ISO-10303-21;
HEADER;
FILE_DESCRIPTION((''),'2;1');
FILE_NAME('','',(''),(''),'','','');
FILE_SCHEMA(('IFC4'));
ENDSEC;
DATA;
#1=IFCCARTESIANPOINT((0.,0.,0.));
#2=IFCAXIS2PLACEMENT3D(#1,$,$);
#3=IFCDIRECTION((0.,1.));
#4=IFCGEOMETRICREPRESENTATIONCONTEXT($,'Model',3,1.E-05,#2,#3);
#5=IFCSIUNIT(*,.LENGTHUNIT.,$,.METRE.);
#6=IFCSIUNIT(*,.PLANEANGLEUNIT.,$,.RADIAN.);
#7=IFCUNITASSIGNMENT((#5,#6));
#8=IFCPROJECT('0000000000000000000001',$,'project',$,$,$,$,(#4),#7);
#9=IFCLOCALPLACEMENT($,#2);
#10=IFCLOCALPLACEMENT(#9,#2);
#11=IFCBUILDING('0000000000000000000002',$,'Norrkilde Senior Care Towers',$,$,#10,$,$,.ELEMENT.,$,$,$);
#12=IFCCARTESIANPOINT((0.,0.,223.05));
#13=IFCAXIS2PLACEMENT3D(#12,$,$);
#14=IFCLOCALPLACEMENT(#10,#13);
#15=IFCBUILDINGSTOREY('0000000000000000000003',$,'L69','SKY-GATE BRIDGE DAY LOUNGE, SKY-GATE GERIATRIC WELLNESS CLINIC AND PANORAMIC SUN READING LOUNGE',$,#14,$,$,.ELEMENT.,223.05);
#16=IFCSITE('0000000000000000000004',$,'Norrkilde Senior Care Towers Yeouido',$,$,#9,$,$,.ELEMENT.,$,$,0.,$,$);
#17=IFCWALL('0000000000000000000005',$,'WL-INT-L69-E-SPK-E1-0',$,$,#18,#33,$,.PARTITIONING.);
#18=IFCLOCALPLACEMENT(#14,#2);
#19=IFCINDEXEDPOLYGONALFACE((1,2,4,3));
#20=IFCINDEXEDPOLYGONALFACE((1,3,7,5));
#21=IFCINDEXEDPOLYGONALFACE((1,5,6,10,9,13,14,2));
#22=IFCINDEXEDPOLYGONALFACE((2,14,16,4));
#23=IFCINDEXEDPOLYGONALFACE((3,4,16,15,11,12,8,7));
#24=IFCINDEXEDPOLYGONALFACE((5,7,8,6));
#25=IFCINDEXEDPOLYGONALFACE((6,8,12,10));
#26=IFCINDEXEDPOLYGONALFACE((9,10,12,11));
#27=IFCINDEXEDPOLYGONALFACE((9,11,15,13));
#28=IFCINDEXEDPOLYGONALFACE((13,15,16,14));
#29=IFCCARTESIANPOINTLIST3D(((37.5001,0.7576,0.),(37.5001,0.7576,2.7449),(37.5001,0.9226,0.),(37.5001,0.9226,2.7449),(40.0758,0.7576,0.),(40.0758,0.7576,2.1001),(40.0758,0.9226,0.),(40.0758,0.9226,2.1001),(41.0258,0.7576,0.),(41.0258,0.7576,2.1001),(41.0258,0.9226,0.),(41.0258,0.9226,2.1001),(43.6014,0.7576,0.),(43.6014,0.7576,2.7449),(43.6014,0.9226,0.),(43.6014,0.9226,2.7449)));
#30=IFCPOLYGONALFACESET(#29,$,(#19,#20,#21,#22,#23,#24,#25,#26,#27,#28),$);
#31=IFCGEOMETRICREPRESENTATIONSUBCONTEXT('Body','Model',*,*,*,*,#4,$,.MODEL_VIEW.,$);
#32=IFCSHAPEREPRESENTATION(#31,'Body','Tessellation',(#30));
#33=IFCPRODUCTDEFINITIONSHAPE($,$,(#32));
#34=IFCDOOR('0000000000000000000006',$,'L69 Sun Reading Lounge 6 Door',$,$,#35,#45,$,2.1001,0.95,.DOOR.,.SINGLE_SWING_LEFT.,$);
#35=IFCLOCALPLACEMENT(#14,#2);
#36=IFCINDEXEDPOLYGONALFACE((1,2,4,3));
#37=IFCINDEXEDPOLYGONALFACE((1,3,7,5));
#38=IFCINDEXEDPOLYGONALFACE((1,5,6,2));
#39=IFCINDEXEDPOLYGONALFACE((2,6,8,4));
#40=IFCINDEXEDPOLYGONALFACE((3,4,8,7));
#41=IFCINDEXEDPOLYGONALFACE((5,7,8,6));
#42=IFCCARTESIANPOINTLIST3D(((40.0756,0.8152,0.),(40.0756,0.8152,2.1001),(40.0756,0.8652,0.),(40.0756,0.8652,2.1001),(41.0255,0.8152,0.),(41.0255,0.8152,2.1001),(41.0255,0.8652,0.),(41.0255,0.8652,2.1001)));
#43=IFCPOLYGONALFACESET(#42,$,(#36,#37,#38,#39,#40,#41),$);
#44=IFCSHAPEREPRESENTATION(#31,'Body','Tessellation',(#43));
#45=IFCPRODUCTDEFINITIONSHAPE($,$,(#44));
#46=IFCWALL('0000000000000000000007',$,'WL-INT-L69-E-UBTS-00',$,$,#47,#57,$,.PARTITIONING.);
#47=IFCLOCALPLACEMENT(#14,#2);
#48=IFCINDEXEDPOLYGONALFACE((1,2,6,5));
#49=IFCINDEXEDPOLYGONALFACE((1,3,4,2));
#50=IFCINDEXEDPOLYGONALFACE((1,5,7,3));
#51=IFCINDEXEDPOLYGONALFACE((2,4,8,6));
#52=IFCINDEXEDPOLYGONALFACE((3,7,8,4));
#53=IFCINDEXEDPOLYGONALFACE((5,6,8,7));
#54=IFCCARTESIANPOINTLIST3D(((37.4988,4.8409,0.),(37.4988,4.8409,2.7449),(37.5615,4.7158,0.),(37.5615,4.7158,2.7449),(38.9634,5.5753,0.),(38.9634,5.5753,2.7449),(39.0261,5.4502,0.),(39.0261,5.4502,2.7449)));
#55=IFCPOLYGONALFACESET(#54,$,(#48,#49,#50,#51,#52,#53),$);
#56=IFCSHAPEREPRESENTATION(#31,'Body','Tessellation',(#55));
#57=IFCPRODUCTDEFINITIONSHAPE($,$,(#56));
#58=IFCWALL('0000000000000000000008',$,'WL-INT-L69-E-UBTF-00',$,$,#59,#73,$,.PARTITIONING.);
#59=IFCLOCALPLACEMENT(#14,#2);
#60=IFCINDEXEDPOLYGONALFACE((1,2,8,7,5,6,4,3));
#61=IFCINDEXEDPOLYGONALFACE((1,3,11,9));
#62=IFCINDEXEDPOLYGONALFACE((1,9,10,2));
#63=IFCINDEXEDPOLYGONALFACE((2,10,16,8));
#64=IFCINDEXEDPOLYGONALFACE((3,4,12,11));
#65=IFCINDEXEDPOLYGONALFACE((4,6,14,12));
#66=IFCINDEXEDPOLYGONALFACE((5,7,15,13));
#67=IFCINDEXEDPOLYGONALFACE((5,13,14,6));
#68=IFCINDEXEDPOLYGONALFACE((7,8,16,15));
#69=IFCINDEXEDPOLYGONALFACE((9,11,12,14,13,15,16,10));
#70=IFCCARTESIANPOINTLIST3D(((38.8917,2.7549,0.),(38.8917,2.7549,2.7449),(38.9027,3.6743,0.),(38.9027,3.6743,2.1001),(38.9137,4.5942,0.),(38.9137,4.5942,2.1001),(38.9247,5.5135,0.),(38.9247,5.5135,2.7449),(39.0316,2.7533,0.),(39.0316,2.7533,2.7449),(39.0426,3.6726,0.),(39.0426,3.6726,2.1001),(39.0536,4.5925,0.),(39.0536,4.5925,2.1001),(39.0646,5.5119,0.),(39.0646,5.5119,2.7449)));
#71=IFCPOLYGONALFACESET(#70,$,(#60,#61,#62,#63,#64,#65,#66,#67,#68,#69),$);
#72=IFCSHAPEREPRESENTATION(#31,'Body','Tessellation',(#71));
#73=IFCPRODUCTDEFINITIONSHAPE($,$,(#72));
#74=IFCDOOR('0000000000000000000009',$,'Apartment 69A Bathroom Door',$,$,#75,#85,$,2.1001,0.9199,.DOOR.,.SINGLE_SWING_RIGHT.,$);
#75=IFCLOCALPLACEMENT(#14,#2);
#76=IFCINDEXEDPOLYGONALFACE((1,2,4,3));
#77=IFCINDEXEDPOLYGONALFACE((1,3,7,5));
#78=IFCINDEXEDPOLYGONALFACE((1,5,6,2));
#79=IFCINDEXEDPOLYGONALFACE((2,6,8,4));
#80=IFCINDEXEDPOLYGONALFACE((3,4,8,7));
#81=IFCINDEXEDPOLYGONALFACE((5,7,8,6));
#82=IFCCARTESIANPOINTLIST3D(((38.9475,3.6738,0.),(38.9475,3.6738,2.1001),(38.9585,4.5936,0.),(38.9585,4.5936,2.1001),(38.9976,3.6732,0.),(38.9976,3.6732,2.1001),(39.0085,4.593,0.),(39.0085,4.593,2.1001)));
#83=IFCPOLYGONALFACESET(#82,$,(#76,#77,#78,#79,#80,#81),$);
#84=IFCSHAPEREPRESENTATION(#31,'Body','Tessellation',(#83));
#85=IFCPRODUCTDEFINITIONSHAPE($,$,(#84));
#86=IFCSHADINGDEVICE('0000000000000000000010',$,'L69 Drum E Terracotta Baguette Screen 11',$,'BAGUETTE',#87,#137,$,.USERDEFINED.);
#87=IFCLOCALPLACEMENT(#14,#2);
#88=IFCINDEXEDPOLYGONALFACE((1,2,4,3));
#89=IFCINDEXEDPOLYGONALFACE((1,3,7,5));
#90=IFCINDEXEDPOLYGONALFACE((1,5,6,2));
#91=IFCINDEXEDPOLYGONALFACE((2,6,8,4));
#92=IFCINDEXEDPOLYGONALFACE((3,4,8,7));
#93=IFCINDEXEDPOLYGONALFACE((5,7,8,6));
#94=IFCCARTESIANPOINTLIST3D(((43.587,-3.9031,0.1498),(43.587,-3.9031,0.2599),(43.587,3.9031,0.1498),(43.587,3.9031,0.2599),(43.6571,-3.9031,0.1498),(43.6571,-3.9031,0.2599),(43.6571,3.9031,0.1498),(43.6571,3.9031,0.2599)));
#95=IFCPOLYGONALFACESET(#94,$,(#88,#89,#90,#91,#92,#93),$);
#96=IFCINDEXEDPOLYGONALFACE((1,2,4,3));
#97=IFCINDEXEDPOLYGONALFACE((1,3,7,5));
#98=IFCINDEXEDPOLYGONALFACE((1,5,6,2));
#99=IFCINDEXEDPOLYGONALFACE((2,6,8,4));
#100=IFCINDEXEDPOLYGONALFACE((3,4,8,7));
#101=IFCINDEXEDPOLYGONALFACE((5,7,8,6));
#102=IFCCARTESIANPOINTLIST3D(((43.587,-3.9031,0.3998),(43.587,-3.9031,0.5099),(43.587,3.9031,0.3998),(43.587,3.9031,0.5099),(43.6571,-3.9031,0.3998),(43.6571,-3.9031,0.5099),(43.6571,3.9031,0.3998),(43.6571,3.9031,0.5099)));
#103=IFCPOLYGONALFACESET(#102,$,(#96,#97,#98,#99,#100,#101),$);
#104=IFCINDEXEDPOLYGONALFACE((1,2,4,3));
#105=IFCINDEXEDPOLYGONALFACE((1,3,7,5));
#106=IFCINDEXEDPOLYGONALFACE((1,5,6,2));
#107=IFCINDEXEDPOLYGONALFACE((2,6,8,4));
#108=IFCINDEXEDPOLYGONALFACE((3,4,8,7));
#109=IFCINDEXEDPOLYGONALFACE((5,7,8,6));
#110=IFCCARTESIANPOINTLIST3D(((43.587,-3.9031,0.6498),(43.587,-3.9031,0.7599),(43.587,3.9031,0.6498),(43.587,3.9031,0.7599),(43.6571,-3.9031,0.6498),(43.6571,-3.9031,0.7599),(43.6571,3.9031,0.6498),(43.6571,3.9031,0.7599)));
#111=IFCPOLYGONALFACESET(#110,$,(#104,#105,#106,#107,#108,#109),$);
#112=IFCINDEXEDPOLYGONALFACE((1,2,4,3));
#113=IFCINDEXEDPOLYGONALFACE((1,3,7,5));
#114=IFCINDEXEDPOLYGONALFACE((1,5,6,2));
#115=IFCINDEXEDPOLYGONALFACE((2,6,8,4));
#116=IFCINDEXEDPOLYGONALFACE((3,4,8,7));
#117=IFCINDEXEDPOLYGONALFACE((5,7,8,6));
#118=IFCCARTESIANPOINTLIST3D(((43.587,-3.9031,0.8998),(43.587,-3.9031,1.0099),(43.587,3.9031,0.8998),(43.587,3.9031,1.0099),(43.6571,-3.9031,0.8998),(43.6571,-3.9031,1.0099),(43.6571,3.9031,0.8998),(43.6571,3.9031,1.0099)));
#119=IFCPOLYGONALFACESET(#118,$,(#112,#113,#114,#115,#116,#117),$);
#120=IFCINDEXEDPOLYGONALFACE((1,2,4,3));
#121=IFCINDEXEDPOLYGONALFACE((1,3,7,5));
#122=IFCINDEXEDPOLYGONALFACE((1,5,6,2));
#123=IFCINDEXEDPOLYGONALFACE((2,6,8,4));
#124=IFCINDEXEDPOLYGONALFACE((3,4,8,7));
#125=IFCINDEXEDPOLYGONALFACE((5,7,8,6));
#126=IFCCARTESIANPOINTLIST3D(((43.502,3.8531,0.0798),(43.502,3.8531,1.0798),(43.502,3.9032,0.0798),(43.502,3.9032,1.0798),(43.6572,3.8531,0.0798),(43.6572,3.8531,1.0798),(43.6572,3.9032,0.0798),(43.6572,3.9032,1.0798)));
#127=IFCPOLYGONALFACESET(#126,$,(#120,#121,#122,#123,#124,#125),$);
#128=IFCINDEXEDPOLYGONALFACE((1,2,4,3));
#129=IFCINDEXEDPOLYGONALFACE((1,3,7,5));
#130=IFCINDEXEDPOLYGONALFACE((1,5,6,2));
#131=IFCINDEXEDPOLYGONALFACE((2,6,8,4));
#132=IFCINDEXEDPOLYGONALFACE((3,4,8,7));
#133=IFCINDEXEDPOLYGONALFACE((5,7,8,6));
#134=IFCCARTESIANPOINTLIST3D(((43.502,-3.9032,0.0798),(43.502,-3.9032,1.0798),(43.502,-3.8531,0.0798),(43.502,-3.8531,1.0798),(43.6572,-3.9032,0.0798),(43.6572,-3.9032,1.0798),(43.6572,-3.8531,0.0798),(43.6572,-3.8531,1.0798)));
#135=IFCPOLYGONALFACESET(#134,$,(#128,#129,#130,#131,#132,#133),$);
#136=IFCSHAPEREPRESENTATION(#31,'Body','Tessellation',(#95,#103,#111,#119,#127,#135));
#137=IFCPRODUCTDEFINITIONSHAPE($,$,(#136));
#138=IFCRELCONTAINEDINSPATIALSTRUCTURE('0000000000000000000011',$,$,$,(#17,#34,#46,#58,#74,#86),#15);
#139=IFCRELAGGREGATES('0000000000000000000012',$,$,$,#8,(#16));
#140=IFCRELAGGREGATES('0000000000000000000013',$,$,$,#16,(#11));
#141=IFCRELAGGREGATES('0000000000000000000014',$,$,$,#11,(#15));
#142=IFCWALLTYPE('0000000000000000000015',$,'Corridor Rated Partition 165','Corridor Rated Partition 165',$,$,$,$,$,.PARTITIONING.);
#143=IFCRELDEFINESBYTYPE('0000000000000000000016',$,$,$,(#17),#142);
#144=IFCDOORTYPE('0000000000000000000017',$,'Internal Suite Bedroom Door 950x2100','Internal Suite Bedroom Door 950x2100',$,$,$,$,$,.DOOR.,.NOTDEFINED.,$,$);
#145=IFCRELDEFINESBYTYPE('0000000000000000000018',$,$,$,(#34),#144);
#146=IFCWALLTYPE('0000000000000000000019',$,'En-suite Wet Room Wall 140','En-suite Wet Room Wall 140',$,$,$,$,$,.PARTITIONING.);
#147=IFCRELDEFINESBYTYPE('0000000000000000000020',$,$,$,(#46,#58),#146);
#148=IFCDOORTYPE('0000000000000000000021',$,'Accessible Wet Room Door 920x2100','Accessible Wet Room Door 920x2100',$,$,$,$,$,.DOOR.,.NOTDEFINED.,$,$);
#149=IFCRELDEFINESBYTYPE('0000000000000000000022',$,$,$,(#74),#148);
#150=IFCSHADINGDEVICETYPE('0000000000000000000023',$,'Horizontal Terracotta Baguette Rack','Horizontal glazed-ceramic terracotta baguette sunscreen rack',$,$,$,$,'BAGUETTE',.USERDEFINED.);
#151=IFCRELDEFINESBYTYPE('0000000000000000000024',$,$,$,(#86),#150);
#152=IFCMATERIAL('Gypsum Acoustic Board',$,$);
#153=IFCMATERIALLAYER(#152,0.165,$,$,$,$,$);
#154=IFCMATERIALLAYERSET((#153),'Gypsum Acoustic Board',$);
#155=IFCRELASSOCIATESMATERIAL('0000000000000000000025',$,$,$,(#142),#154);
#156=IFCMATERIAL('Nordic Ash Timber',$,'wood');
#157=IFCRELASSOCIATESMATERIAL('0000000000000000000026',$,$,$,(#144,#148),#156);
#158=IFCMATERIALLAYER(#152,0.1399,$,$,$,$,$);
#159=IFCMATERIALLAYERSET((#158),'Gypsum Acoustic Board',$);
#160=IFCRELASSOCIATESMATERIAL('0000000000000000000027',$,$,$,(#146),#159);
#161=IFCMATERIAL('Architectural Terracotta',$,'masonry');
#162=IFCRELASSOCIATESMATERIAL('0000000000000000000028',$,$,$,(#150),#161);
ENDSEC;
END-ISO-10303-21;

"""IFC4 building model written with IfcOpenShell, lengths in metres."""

from ifc_helpers import new_model, si_unit, direction, frame, frame_2d, origin, origin_2d, place, context, subcontext, project, spatial, rectangle, extrude, source, transform, mapped, material, layer, layer_set, type_object, type_shapes, element, fill, save


model = new_model("IFC4")

# Units and contexts
model_context = context("Model", 3, precision=1e-05, world=origin(), true_north=direction((0.0, 1.0)))
body_context = subcontext(model_context, "Body", "Model", "MODEL_VIEW")
ifc_project = project(units=[si_unit("LENGTHUNIT", "METRE"), si_unit("PLANEANGLEUNIT", "RADIAN")], contexts=[model_context])

# Site, building, storey
site_placement = place(None, origin())
site = spatial("IfcSite", under=ifc_project, at=site_placement, Name="Norrkilde Senior Care Towers Yeouido", CompositionType="ELEMENT", RefElevation=0.0)
building_placement = place(site_placement, origin())
building = spatial("IfcBuilding", under=site, at=building_placement, Name="Norrkilde Senior Care Towers", CompositionType="ELEMENT")
storey_placement = place(building_placement, frame((0.0, 0.0, 223.05)))
storey = spatial("IfcBuildingStorey", under=building, at=storey_placement, Name="L69", Description="SKY-GATE BRIDGE DAY LOUNGE, SKY-GATE GERIATRIC WELLNESS CLINIC AND PANORAMIC SUN READING LOUNGE", CompositionType="ELEMENT", Elevation=223.05)

# Shared definitions
ifc_material_1 = material(Name="Gypsum Acoustic Board")
ifc_layer_1 = layer(ifc_material_1, 0.165)
ifc_layer_set_1 = layer_set([ifc_layer_1], Name="Gypsum Acoustic Board")
wall_type_1 = type_object("IfcWallType", Name="Corridor Rated Partition 165", Description="Corridor Rated Partition 165", PredefinedType="PARTITIONING", material=ifc_layer_set_1)

# Wall, opening, door
shared_shape_1 = source(origin(), body_context, "Body", "SweptSolid", [
    extrude(rectangle(XDim=6.1013, YDim=0.165, at=frame_2d((3.0508, 0.0))), origin(), (0.0, 0.0, 1.0), 2.7449),
])
wall_1_placement = place(storey_placement, frame((37.5, 0.8401, 0.0), z_axis=(0.0, 0.0, 1.0), x_axis=(1.0, 0.0, 0.0)))
wall_1 = element("IfcWall", 1, at=wall_1_placement, inside=storey, type_object=wall_type_1, Name="WL-INT-L69-E-SPK-E1-0", PredefinedType="PARTITIONING", context=body_context, shape_type="MappedRepresentation", body=[
    mapped(shared_shape_1, transform((0.0, 0.0, 0.0), x_axis=(1.0, 0.0, 0.0), y_axis=(0.0, 1.0, 0.0), z_axis=(0.0, 0.0, 1.0), scale=1.0)),
])
opening_1_placement = place(wall_1_placement, frame((2.5757, 0.0, 0.0)))
opening_1 = element("IfcOpeningElement", 2, at=opening_1_placement, cuts=wall_1, PredefinedType="OPENING", context=body_context, shape_type="SweptSolid", body=[
    extrude(rectangle(XDim=0.95, YDim=2.1001, at=frame_2d((0.4751, 1.05))), frame((0.0, 0.0925, 0.0), z_axis=(0.0, -1.0, 0.0), x_axis=(1.0, 0.0, 0.0)), (0.0, 0.0, 1.0), 0.1851),
])
ifc_material_2 = material(Name="Nordic Ash Timber", Category="wood")
door_type_1 = type_object("IfcDoorType", Name="Internal Suite Bedroom Door 950x2100", Description="Internal Suite Bedroom Door 950x2100", OperationType="NOTDEFINED", PredefinedType="DOOR", material=ifc_material_2)
shared_shape_2 = source(origin(), body_context, "Body", "SweptSolid", [
    extrude(rectangle(XDim=0.95, YDim=2.1001, at=frame_2d((0.4751, 1.05))), frame((0.0, 0.0249, 0.0), z_axis=(0.0, -1.0, 0.0), x_axis=(1.0, 0.0, 0.0)), (0.0, 0.0, 1.0), 0.05),
])
type_shapes(door_type_1, [shared_shape_2])
door_1_placement = place(opening_1_placement, frame((0.95, 0.0, 0.0), z_axis=(0.0, 0.0, 1.0), x_axis=(-1.0, 0.0, 0.0)))
door_1 = element("IfcDoor", 3, at=door_1_placement, inside=storey, type_object=door_type_1, Name="L69 Sun Reading Lounge 6 Door", OperationType="SINGLE_SWING_LEFT", OverallHeight=2.1001, OverallWidth=0.95, PredefinedType="DOOR", context=body_context, shape_type="MappedRepresentation", body=[
    mapped(shared_shape_2, transform((0.0, 0.0, 0.0), x_axis=(1.0, 0.0, 0.0), y_axis=(0.0, 1.0, 0.0), z_axis=(0.0, 0.0, 1.0), scale=1.0)),
])
fill(opening_1, door_1)

# Wall
ifc_layer_2 = layer(ifc_material_1, 0.1399)
ifc_layer_set_2 = layer_set([ifc_layer_2], Name="Gypsum Acoustic Board")
wall_type_2 = type_object("IfcWallType", Name="En-suite Wet Room Wall 140", Description="En-suite Wet Room Wall 140", PredefinedType="PARTITIONING", material=ifc_layer_set_2)
shared_shape_3 = source(origin(), body_context, "Body", "SweptSolid", [
    extrude(rectangle(XDim=1.6384, YDim=0.1399, at=frame_2d((0.8193, 0.0))), origin(), (0.0, 0.0, 1.0), 2.7449),
])
wall_2_placement = place(storey_placement, frame((37.53, 4.7783, 0.0), z_axis=(0.0, 0.0, 1.0), x_axis=(0.89392, 0.448227, 0.0)))
element("IfcWall", 4, at=wall_2_placement, inside=storey, type_object=wall_type_2, Name="WL-INT-L69-E-UBTS-00", PredefinedType="PARTITIONING", context=body_context, shape_type="MappedRepresentation", body=[
    mapped(shared_shape_3, transform((0.0, 0.0, 0.0), x_axis=(1.0, 0.0, 0.0), y_axis=(0.0, 1.0, 0.0), z_axis=(0.0, 0.0, 1.0), scale=1.0)),
])

# Wall, opening, door
shared_shape_4 = source(origin(), body_context, "Body", "SweptSolid", [
    extrude(rectangle(XDim=2.7588, YDim=0.1399, at=frame_2d((1.3794, 0.0))), origin(), (0.0, 0.0, 1.0), 2.7449),
])
type_shapes(wall_type_2, [shared_shape_3, shared_shape_4])
wall_3_placement = place(storey_placement, frame((38.9946, 5.5127, 0.0), z_axis=(0.0, 0.0, 1.0), x_axis=(-0.011947, -0.999929, 0.0)))
wall_3 = element("IfcWall", 5, at=wall_3_placement, inside=storey, type_object=wall_type_2, Name="WL-INT-L69-E-UBTF-00", PredefinedType="PARTITIONING", context=body_context, shape_type="MappedRepresentation", body=[
    mapped(shared_shape_4, transform((0.0, 0.0, 0.0), x_axis=(1.0, 0.0, 0.0), y_axis=(0.0, 1.0, 0.0), z_axis=(0.0, 0.0, 1.0), scale=1.0)),
])
opening_2_placement = place(wall_3_placement, frame((0.9194, 0.0, 0.0)))
opening_2 = element("IfcOpeningElement", 6, at=opening_2_placement, cuts=wall_3, PredefinedType="OPENING", context=body_context, shape_type="SweptSolid", body=[
    extrude(rectangle(XDim=0.9199, YDim=2.1001, at=frame_2d((0.46, 1.05))), frame((0.0, 0.0798, 0.0), z_axis=(0.0, -1.0, 0.0), x_axis=(1.0, 0.0, 0.0)), (0.0, 0.0, 1.0), 0.1599),
])
door_type_2 = type_object("IfcDoorType", Name="Accessible Wet Room Door 920x2100", Description="Accessible Wet Room Door 920x2100", OperationType="NOTDEFINED", PredefinedType="DOOR", material=ifc_material_2)
shared_shape_5 = source(origin(), body_context, "Body", "SweptSolid", [
    extrude(rectangle(XDim=0.9199, YDim=2.1001, at=frame_2d((0.46, 1.05))), frame((0.0, 0.0249, 0.0), z_axis=(0.0, -1.0, 0.0), x_axis=(1.0, 0.0, 0.0)), (0.0, 0.0, 1.0), 0.05),
])
type_shapes(door_type_2, [shared_shape_5])
door_2_placement = place(opening_2_placement, origin())
door_2 = element("IfcDoor", 7, at=door_2_placement, inside=storey, type_object=door_type_2, Name="Apartment 69A Bathroom Door", OperationType="SINGLE_SWING_RIGHT", OverallHeight=2.1001, OverallWidth=0.9199, PredefinedType="DOOR", context=body_context, shape_type="MappedRepresentation", body=[
    mapped(shared_shape_5, transform((0.0, 0.0, 0.0), x_axis=(1.0, 0.0, 0.0), y_axis=(0.0, 1.0, 0.0), z_axis=(0.0, 0.0, 1.0), scale=1.0)),
])
fill(opening_2, door_2)

# Shading device
ifc_material_3 = material(Name="Architectural Terracotta", Category="masonry")
shading_device_type = type_object("IfcShadingDeviceType", Name="Horizontal Terracotta Baguette Rack", Description="Horizontal glazed-ceramic terracotta baguette sunscreen rack", ElementType="BAGUETTE", PredefinedType="USERDEFINED", material=ifc_material_3)
shared_shape_6 = source(origin(), body_context, "Body", "SweptSolid", [
    extrude(rectangle(XDim=0.0701, YDim=0.1101, at=origin_2d()), frame((0.0, 0.0901, 0.125), z_axis=(1.0, 0.0, 0.0), x_axis=(0.0, 1.0, 0.0)), (0.0, 0.0, 1.0), 7.8062),
    extrude(rectangle(XDim=0.0701, YDim=0.1101, at=origin_2d()), frame((0.0, 0.0901, 0.375), z_axis=(1.0, 0.0, 0.0), x_axis=(0.0, 1.0, 0.0)), (0.0, 0.0, 1.0), 7.8062),
    extrude(rectangle(XDim=0.0701, YDim=0.1101, at=origin_2d()), frame((0.0, 0.0901, 0.625), z_axis=(1.0, 0.0, 0.0), x_axis=(0.0, 1.0, 0.0)), (0.0, 0.0, 1.0), 7.8062),
    extrude(rectangle(XDim=0.0701, YDim=0.1101, at=origin_2d()), frame((0.0, 0.0901, 0.875), z_axis=(1.0, 0.0, 0.0), x_axis=(0.0, 1.0, 0.0)), (0.0, 0.0, 1.0), 7.8062),
    extrude(rectangle(XDim=0.05, YDim=0.1553, at=origin_2d()), frame((0.0249, 0.0476, 0.0)), (0.0, 0.0, 1.0), 1.0),
    extrude(rectangle(XDim=0.05, YDim=0.1553, at=origin_2d()), frame((7.7812, 0.0476, 0.0)), (0.0, 0.0, 1.0), 1.0),
])
type_shapes(shading_device_type, [shared_shape_6])
shading_device_placement = place(storey_placement, frame((43.532, 3.9031, 0.0798), z_axis=(0.0, 0.0, 1.0), x_axis=(0.0, -1.0, 0.0)))
element("IfcShadingDevice", 8, at=shading_device_placement, inside=storey, type_object=shading_device_type, Name="L69 Drum E Terracotta Baguette Screen 11", ObjectType="BAGUETTE", PredefinedType="USERDEFINED", context=body_context, shape_type="MappedRepresentation", body=[
    mapped(shared_shape_6, transform((0.0, 0.0, 0.0), x_axis=(1.0, 0.0, 0.0), y_axis=(0.0, 1.0, 0.0), z_axis=(0.0, 0.0, 1.0), scale=1.0)),
])

save(model, "model.ifc")
